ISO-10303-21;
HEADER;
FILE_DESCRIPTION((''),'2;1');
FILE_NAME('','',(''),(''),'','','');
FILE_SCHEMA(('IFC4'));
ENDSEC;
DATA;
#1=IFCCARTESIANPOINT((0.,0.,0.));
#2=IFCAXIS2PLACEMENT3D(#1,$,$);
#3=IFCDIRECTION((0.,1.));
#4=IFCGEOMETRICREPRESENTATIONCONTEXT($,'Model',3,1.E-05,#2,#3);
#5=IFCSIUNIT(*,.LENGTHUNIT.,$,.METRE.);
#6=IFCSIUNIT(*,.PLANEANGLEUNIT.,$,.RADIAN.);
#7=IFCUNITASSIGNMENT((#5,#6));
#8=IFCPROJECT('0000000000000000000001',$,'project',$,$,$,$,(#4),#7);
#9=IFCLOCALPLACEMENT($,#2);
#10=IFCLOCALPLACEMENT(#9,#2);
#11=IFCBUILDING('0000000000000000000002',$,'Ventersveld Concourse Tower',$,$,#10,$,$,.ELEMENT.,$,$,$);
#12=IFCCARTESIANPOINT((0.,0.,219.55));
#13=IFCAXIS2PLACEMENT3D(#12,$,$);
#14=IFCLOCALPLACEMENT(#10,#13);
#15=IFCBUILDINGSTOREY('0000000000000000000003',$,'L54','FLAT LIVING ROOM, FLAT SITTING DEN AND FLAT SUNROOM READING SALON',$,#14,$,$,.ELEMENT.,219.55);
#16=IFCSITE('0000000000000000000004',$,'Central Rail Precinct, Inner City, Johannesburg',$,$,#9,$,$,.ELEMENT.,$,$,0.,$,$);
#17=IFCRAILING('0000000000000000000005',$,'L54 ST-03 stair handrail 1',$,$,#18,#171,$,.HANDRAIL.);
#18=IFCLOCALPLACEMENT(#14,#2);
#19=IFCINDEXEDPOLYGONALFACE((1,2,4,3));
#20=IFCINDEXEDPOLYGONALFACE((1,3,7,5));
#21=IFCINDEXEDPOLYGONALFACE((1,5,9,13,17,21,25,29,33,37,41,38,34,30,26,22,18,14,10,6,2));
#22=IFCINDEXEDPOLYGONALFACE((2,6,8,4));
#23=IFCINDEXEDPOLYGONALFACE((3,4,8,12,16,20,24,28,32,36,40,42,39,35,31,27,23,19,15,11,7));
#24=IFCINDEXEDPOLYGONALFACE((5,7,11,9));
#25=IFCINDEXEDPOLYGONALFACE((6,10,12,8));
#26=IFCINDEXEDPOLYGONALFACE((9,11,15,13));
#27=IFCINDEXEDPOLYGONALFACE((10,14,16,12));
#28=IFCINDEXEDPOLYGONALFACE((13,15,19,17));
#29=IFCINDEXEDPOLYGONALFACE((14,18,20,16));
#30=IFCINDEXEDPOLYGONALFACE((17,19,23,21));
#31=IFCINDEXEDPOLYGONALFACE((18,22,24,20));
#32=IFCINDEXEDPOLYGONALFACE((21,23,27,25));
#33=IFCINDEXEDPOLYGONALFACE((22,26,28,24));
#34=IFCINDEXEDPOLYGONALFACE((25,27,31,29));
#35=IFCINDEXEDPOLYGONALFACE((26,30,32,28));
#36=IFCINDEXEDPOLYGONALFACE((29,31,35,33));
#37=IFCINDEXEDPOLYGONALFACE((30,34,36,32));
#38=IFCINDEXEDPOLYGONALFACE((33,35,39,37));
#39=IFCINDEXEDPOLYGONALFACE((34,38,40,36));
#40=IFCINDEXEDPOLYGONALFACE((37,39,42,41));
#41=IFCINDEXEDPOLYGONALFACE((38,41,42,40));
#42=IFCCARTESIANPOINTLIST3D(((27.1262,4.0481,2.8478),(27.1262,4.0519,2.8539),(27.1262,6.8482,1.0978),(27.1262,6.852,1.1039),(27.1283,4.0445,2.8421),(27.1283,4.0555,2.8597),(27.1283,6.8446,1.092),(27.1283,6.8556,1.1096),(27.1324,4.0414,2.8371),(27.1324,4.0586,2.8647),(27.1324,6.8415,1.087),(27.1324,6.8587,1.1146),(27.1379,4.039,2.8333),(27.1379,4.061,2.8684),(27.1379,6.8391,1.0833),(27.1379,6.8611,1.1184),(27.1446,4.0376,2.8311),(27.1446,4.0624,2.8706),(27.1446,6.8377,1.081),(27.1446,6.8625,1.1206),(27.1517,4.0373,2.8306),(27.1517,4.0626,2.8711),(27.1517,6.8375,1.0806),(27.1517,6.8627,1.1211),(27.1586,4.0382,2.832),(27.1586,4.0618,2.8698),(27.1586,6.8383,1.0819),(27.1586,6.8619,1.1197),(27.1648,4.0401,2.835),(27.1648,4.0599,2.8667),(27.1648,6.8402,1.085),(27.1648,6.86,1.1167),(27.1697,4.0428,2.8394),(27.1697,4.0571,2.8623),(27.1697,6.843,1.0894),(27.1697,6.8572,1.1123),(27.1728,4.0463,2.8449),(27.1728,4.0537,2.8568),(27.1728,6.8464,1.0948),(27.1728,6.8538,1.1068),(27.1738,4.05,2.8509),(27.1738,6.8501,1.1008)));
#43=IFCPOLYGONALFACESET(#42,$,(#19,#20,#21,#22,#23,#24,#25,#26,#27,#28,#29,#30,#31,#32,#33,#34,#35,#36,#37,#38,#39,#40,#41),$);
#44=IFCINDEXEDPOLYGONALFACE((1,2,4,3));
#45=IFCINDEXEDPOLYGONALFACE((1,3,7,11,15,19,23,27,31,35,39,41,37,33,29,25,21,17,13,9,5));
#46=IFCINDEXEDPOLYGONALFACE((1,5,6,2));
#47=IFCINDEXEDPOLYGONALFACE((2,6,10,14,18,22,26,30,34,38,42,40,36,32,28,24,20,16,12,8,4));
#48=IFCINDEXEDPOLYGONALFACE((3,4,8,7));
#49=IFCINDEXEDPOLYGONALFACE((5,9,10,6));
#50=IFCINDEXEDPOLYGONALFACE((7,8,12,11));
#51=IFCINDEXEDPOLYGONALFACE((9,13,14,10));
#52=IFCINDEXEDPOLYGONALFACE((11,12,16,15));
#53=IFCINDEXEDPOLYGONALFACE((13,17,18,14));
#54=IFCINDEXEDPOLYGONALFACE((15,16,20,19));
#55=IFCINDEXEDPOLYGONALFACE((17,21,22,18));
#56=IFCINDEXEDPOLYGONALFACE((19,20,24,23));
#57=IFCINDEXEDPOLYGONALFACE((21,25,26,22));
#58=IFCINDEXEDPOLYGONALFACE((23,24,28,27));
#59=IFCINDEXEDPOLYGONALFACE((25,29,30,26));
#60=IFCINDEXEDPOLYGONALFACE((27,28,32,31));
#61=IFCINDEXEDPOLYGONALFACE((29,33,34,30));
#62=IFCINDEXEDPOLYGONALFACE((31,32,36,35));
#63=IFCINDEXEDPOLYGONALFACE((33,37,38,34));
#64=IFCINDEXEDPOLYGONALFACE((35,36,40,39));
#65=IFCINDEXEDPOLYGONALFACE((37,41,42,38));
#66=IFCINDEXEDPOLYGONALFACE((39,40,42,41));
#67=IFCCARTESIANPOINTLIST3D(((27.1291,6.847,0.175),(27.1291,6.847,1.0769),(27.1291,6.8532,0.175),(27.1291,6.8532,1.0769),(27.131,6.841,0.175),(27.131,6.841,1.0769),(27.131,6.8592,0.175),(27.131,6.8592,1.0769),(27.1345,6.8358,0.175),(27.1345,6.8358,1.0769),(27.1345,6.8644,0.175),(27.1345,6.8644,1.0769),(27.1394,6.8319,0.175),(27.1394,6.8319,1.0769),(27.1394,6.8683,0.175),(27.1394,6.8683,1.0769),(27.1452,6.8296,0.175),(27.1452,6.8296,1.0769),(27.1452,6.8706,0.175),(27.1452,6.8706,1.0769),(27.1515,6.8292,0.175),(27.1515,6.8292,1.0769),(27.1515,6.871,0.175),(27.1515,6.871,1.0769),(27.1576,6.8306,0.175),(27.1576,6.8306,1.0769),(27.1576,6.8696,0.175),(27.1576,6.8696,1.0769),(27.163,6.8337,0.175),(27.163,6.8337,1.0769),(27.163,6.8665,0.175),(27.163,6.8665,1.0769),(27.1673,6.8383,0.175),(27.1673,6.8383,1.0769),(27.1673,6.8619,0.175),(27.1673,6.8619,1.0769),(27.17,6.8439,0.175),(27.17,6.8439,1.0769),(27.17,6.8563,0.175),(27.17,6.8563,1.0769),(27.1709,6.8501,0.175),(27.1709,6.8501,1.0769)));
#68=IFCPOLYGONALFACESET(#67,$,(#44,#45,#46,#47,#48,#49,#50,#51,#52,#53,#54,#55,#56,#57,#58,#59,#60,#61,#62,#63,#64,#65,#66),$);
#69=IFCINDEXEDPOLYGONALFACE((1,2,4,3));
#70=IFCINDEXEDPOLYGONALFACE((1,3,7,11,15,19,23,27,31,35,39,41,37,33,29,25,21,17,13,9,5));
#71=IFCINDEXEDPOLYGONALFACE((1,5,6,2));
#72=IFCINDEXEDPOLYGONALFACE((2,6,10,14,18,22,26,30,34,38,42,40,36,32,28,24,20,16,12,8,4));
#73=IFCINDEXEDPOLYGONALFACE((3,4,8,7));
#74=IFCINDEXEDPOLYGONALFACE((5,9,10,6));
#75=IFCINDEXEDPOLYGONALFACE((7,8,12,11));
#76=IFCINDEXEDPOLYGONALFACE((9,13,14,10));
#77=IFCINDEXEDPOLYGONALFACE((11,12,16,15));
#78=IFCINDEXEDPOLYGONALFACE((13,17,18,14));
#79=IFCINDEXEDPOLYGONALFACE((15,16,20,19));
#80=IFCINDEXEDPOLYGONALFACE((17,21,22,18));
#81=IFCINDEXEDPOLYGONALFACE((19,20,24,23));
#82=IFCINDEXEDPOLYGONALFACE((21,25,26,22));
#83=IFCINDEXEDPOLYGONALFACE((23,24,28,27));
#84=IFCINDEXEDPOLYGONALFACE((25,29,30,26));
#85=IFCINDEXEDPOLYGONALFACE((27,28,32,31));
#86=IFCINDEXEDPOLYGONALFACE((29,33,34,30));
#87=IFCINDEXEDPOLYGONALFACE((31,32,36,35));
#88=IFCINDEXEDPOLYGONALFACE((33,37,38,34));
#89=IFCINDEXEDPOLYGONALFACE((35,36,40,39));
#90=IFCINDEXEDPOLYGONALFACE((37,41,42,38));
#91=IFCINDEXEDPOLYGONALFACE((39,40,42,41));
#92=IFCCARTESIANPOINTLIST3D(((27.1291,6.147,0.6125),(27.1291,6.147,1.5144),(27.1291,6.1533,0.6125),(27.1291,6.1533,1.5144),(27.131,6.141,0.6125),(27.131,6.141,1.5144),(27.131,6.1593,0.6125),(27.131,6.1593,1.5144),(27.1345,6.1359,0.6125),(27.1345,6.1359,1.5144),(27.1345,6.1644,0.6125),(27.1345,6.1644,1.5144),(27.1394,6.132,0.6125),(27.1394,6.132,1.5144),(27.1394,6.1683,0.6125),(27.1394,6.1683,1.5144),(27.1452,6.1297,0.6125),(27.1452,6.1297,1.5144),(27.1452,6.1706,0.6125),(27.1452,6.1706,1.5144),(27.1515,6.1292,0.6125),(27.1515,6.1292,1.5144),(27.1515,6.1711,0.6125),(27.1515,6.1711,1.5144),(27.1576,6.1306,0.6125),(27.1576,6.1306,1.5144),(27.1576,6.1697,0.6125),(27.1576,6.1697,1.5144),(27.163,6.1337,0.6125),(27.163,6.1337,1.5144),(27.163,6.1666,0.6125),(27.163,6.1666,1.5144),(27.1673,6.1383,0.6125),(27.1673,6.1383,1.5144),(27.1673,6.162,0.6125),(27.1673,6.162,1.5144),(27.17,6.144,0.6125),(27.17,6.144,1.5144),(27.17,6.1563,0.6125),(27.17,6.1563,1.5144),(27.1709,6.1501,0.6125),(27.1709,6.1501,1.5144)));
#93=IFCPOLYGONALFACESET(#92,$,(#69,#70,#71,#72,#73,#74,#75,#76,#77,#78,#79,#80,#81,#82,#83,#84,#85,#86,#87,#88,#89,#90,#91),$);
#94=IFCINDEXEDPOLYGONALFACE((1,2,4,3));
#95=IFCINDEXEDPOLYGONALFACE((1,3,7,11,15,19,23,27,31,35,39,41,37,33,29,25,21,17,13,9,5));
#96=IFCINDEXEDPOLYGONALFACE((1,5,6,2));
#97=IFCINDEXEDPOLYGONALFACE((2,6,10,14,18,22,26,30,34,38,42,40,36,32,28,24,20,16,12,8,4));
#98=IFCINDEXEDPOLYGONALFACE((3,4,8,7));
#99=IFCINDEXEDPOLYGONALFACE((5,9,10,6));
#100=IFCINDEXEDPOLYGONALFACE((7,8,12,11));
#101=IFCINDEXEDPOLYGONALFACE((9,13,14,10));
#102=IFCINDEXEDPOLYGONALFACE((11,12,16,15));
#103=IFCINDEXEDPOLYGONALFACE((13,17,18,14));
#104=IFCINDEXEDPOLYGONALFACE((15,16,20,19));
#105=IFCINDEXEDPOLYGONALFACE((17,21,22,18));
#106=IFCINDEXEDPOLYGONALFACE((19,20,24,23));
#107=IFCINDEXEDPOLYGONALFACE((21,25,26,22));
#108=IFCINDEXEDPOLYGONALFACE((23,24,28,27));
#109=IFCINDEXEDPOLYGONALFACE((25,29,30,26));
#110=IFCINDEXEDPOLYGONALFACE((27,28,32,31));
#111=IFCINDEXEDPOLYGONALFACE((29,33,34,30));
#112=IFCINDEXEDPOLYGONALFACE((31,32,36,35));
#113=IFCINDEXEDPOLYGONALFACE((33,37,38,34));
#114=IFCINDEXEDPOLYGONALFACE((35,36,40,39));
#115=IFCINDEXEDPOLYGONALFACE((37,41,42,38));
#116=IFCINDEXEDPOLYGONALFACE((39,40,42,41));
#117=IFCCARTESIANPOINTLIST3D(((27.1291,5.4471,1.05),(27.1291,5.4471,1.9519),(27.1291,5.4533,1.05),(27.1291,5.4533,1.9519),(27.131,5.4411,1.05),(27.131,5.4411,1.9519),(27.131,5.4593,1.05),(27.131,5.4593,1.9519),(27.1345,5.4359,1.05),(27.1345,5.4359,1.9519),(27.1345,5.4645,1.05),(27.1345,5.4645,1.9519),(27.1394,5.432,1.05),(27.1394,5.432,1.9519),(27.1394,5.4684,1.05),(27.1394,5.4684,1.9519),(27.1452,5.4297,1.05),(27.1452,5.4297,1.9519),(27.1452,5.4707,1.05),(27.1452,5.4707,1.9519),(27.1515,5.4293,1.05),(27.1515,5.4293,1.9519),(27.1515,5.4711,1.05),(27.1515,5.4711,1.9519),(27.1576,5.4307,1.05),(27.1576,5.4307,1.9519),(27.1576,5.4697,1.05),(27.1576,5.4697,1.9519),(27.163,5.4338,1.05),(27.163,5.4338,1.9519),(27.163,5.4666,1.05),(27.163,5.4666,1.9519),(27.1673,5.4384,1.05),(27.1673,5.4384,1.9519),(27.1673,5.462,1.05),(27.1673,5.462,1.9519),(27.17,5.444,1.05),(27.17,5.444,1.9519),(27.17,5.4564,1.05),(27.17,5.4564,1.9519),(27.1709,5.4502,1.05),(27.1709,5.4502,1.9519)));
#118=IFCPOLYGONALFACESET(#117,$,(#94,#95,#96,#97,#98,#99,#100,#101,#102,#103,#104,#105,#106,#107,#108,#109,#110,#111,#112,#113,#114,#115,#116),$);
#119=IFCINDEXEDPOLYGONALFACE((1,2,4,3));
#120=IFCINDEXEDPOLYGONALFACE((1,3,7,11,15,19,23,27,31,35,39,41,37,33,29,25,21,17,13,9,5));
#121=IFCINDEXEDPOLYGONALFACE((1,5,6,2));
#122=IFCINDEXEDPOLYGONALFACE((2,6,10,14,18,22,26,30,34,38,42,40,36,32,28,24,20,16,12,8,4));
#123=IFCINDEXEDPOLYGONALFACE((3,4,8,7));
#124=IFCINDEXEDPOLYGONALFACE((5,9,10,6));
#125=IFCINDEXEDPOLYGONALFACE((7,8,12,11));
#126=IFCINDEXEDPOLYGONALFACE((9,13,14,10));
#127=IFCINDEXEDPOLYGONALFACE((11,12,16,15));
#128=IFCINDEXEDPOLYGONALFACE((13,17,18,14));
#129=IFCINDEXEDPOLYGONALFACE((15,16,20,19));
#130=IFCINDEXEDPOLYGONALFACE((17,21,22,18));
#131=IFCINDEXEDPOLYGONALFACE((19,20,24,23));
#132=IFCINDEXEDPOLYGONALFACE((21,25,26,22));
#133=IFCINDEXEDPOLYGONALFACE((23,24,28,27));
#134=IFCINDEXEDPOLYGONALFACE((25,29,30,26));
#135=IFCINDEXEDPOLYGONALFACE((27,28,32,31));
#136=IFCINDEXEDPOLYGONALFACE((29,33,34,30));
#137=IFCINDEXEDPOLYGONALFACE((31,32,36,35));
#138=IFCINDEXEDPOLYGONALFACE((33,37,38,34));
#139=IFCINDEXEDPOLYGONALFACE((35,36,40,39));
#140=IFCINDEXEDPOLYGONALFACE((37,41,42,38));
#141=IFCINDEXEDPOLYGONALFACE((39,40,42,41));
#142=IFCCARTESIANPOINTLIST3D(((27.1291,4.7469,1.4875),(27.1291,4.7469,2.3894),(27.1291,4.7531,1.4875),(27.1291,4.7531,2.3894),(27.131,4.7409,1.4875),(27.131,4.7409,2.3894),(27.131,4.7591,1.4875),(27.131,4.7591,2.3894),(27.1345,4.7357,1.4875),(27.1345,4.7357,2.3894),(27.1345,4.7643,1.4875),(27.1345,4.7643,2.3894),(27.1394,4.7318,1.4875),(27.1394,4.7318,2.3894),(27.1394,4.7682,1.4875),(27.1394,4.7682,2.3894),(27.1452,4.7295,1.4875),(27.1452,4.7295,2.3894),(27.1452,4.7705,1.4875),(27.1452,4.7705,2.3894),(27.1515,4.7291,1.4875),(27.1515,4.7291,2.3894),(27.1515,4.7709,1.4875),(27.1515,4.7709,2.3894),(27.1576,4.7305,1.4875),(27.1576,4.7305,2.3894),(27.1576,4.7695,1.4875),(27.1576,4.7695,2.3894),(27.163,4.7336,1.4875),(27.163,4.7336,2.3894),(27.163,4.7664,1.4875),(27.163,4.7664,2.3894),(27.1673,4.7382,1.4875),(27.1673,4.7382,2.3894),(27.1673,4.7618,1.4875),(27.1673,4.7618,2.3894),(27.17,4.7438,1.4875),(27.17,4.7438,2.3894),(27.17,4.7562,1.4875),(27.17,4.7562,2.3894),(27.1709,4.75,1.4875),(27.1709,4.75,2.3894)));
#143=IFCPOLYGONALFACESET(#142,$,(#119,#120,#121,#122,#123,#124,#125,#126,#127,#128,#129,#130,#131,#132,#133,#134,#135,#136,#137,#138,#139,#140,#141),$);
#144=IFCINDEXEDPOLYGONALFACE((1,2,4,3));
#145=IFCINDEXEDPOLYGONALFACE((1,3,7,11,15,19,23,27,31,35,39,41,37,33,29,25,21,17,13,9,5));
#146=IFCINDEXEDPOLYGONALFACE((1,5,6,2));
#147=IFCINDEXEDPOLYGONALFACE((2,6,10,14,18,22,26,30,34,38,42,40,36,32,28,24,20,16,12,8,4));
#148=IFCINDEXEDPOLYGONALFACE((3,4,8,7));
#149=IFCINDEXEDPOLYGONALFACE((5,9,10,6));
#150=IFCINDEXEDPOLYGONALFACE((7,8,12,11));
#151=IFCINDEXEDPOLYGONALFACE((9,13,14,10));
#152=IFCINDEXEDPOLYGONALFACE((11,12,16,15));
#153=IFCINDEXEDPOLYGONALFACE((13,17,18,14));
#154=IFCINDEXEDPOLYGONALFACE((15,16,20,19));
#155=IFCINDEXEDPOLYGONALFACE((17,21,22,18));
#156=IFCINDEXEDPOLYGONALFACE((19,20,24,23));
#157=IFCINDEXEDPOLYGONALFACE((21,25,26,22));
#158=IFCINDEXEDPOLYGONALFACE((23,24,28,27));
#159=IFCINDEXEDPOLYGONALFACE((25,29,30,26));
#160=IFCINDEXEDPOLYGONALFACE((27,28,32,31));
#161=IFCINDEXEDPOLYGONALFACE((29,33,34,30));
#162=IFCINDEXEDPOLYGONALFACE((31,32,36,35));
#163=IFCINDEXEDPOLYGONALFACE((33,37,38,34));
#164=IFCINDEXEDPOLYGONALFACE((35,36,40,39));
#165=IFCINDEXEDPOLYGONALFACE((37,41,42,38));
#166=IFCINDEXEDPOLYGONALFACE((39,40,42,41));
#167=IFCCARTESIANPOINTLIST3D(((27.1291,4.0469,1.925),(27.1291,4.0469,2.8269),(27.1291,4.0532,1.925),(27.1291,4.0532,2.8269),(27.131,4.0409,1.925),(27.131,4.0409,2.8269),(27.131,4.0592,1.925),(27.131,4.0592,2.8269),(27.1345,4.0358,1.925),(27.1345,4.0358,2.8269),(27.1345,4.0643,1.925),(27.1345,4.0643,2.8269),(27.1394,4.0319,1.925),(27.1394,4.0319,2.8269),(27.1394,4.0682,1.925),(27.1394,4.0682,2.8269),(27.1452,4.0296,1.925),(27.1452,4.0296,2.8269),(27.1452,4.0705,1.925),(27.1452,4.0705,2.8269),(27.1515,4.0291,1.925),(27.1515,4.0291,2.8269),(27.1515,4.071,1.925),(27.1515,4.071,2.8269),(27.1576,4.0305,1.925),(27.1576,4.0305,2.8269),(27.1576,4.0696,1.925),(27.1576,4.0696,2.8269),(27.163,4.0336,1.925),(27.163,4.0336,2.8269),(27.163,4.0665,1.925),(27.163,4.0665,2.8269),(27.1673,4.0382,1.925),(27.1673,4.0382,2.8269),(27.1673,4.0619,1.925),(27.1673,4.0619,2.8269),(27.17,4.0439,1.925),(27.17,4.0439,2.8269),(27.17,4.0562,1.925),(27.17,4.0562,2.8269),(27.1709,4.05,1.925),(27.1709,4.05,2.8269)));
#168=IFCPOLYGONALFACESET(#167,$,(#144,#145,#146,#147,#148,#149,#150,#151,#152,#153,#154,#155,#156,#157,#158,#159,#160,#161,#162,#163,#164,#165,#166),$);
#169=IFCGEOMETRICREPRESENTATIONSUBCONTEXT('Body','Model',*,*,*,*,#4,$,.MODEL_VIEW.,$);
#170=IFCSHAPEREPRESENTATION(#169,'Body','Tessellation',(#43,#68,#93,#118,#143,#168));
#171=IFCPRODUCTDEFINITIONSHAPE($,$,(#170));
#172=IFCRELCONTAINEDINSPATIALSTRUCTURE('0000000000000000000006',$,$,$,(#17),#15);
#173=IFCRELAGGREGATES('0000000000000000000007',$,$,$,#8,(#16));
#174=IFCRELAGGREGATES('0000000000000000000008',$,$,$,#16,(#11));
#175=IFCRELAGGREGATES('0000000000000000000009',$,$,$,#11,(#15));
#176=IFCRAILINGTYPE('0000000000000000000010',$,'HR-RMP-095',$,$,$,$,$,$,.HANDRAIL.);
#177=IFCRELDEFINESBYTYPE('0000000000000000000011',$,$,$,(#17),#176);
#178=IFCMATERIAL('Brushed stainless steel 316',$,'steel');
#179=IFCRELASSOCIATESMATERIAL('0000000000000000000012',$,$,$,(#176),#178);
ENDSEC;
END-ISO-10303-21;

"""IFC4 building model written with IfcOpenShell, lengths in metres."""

from ifc_helpers import new_model, si_unit, direction, frame, origin, origin_2d, place, context, subcontext, project, spatial, circle, extrude, material, type_object, element, save


model = new_model("IFC4")

# Units and contexts
model_context = context("Model", 3, precision=1e-05, world=origin(), true_north=direction((0.0, 1.0)))
body_context = subcontext(model_context, "Body", "Model", "MODEL_VIEW")
ifc_project = project(units=[si_unit("LENGTHUNIT", "METRE"), si_unit("PLANEANGLEUNIT", "RADIAN")], contexts=[model_context])

# Site, building, storey
site_placement = place(None, origin())
site = spatial("IfcSite", under=ifc_project, at=site_placement, Name="Central Rail Precinct, Inner City, Johannesburg", CompositionType="ELEMENT", RefElevation=0.0)
building_placement = place(site_placement, origin())
building = spatial("IfcBuilding", under=site, at=building_placement, Name="Ventersveld Concourse Tower", CompositionType="ELEMENT")
storey_placement = place(building_placement, frame((0.0, 0.0, 219.55)))
storey = spatial("IfcBuildingStorey", under=building, at=storey_placement, Name="L54", Description="FLAT LIVING ROOM, FLAT SITTING DEN AND FLAT SUNROOM READING SALON", CompositionType="ELEMENT", Elevation=219.55)

# Shared definitions
ifc_material_1 = material(Name="Brushed stainless steel 316", Category="steel")

# Railing
railing_type_1 = type_object("IfcRailingType", Name="HR-RMP-095", PredefinedType="HANDRAIL", material=ifc_material_1)
railing_1_placement = place(storey_placement, frame((27.1499, 6.8501, 0.175)))
element("IfcRailing", 1, at=railing_1_placement, inside=storey, type_object=railing_type_1, Name="L54 ST-03 stair handrail 1", PredefinedType="HANDRAIL", context=body_context, shape_type="SweptSolid", body=[
    extrude(circle(Radius=0.0239, at=origin_2d()), frame((0.0, 0.0, 0.9258), z_axis=(0.0, -0.848002, 0.529992), x_axis=(1.0, 0.0, 0.0)), (0.0, 0.0, 1.0), 3.302),
    extrude(circle(Radius=0.021, at=origin_2d()), origin(), (0.0, 0.0, 1.0), 0.9019),
    extrude(circle(Radius=0.021, at=origin_2d()), frame((0.0, -0.7, 0.4375)), (0.0, 0.0, 1.0), 0.9019),
    extrude(circle(Radius=0.021, at=origin_2d()), frame((0.0, -1.3999, 0.875)), (0.0, 0.0, 1.0), 0.9019),
    extrude(circle(Radius=0.021, at=origin_2d()), frame((0.0, -2.1001, 1.3125)), (0.0, 0.0, 1.0), 0.9019),
    extrude(circle(Radius=0.021, at=origin_2d()), frame((0.0, -2.8, 1.75)), (0.0, 0.0, 1.0), 0.9019),
])

save(model, "model.ifc")
